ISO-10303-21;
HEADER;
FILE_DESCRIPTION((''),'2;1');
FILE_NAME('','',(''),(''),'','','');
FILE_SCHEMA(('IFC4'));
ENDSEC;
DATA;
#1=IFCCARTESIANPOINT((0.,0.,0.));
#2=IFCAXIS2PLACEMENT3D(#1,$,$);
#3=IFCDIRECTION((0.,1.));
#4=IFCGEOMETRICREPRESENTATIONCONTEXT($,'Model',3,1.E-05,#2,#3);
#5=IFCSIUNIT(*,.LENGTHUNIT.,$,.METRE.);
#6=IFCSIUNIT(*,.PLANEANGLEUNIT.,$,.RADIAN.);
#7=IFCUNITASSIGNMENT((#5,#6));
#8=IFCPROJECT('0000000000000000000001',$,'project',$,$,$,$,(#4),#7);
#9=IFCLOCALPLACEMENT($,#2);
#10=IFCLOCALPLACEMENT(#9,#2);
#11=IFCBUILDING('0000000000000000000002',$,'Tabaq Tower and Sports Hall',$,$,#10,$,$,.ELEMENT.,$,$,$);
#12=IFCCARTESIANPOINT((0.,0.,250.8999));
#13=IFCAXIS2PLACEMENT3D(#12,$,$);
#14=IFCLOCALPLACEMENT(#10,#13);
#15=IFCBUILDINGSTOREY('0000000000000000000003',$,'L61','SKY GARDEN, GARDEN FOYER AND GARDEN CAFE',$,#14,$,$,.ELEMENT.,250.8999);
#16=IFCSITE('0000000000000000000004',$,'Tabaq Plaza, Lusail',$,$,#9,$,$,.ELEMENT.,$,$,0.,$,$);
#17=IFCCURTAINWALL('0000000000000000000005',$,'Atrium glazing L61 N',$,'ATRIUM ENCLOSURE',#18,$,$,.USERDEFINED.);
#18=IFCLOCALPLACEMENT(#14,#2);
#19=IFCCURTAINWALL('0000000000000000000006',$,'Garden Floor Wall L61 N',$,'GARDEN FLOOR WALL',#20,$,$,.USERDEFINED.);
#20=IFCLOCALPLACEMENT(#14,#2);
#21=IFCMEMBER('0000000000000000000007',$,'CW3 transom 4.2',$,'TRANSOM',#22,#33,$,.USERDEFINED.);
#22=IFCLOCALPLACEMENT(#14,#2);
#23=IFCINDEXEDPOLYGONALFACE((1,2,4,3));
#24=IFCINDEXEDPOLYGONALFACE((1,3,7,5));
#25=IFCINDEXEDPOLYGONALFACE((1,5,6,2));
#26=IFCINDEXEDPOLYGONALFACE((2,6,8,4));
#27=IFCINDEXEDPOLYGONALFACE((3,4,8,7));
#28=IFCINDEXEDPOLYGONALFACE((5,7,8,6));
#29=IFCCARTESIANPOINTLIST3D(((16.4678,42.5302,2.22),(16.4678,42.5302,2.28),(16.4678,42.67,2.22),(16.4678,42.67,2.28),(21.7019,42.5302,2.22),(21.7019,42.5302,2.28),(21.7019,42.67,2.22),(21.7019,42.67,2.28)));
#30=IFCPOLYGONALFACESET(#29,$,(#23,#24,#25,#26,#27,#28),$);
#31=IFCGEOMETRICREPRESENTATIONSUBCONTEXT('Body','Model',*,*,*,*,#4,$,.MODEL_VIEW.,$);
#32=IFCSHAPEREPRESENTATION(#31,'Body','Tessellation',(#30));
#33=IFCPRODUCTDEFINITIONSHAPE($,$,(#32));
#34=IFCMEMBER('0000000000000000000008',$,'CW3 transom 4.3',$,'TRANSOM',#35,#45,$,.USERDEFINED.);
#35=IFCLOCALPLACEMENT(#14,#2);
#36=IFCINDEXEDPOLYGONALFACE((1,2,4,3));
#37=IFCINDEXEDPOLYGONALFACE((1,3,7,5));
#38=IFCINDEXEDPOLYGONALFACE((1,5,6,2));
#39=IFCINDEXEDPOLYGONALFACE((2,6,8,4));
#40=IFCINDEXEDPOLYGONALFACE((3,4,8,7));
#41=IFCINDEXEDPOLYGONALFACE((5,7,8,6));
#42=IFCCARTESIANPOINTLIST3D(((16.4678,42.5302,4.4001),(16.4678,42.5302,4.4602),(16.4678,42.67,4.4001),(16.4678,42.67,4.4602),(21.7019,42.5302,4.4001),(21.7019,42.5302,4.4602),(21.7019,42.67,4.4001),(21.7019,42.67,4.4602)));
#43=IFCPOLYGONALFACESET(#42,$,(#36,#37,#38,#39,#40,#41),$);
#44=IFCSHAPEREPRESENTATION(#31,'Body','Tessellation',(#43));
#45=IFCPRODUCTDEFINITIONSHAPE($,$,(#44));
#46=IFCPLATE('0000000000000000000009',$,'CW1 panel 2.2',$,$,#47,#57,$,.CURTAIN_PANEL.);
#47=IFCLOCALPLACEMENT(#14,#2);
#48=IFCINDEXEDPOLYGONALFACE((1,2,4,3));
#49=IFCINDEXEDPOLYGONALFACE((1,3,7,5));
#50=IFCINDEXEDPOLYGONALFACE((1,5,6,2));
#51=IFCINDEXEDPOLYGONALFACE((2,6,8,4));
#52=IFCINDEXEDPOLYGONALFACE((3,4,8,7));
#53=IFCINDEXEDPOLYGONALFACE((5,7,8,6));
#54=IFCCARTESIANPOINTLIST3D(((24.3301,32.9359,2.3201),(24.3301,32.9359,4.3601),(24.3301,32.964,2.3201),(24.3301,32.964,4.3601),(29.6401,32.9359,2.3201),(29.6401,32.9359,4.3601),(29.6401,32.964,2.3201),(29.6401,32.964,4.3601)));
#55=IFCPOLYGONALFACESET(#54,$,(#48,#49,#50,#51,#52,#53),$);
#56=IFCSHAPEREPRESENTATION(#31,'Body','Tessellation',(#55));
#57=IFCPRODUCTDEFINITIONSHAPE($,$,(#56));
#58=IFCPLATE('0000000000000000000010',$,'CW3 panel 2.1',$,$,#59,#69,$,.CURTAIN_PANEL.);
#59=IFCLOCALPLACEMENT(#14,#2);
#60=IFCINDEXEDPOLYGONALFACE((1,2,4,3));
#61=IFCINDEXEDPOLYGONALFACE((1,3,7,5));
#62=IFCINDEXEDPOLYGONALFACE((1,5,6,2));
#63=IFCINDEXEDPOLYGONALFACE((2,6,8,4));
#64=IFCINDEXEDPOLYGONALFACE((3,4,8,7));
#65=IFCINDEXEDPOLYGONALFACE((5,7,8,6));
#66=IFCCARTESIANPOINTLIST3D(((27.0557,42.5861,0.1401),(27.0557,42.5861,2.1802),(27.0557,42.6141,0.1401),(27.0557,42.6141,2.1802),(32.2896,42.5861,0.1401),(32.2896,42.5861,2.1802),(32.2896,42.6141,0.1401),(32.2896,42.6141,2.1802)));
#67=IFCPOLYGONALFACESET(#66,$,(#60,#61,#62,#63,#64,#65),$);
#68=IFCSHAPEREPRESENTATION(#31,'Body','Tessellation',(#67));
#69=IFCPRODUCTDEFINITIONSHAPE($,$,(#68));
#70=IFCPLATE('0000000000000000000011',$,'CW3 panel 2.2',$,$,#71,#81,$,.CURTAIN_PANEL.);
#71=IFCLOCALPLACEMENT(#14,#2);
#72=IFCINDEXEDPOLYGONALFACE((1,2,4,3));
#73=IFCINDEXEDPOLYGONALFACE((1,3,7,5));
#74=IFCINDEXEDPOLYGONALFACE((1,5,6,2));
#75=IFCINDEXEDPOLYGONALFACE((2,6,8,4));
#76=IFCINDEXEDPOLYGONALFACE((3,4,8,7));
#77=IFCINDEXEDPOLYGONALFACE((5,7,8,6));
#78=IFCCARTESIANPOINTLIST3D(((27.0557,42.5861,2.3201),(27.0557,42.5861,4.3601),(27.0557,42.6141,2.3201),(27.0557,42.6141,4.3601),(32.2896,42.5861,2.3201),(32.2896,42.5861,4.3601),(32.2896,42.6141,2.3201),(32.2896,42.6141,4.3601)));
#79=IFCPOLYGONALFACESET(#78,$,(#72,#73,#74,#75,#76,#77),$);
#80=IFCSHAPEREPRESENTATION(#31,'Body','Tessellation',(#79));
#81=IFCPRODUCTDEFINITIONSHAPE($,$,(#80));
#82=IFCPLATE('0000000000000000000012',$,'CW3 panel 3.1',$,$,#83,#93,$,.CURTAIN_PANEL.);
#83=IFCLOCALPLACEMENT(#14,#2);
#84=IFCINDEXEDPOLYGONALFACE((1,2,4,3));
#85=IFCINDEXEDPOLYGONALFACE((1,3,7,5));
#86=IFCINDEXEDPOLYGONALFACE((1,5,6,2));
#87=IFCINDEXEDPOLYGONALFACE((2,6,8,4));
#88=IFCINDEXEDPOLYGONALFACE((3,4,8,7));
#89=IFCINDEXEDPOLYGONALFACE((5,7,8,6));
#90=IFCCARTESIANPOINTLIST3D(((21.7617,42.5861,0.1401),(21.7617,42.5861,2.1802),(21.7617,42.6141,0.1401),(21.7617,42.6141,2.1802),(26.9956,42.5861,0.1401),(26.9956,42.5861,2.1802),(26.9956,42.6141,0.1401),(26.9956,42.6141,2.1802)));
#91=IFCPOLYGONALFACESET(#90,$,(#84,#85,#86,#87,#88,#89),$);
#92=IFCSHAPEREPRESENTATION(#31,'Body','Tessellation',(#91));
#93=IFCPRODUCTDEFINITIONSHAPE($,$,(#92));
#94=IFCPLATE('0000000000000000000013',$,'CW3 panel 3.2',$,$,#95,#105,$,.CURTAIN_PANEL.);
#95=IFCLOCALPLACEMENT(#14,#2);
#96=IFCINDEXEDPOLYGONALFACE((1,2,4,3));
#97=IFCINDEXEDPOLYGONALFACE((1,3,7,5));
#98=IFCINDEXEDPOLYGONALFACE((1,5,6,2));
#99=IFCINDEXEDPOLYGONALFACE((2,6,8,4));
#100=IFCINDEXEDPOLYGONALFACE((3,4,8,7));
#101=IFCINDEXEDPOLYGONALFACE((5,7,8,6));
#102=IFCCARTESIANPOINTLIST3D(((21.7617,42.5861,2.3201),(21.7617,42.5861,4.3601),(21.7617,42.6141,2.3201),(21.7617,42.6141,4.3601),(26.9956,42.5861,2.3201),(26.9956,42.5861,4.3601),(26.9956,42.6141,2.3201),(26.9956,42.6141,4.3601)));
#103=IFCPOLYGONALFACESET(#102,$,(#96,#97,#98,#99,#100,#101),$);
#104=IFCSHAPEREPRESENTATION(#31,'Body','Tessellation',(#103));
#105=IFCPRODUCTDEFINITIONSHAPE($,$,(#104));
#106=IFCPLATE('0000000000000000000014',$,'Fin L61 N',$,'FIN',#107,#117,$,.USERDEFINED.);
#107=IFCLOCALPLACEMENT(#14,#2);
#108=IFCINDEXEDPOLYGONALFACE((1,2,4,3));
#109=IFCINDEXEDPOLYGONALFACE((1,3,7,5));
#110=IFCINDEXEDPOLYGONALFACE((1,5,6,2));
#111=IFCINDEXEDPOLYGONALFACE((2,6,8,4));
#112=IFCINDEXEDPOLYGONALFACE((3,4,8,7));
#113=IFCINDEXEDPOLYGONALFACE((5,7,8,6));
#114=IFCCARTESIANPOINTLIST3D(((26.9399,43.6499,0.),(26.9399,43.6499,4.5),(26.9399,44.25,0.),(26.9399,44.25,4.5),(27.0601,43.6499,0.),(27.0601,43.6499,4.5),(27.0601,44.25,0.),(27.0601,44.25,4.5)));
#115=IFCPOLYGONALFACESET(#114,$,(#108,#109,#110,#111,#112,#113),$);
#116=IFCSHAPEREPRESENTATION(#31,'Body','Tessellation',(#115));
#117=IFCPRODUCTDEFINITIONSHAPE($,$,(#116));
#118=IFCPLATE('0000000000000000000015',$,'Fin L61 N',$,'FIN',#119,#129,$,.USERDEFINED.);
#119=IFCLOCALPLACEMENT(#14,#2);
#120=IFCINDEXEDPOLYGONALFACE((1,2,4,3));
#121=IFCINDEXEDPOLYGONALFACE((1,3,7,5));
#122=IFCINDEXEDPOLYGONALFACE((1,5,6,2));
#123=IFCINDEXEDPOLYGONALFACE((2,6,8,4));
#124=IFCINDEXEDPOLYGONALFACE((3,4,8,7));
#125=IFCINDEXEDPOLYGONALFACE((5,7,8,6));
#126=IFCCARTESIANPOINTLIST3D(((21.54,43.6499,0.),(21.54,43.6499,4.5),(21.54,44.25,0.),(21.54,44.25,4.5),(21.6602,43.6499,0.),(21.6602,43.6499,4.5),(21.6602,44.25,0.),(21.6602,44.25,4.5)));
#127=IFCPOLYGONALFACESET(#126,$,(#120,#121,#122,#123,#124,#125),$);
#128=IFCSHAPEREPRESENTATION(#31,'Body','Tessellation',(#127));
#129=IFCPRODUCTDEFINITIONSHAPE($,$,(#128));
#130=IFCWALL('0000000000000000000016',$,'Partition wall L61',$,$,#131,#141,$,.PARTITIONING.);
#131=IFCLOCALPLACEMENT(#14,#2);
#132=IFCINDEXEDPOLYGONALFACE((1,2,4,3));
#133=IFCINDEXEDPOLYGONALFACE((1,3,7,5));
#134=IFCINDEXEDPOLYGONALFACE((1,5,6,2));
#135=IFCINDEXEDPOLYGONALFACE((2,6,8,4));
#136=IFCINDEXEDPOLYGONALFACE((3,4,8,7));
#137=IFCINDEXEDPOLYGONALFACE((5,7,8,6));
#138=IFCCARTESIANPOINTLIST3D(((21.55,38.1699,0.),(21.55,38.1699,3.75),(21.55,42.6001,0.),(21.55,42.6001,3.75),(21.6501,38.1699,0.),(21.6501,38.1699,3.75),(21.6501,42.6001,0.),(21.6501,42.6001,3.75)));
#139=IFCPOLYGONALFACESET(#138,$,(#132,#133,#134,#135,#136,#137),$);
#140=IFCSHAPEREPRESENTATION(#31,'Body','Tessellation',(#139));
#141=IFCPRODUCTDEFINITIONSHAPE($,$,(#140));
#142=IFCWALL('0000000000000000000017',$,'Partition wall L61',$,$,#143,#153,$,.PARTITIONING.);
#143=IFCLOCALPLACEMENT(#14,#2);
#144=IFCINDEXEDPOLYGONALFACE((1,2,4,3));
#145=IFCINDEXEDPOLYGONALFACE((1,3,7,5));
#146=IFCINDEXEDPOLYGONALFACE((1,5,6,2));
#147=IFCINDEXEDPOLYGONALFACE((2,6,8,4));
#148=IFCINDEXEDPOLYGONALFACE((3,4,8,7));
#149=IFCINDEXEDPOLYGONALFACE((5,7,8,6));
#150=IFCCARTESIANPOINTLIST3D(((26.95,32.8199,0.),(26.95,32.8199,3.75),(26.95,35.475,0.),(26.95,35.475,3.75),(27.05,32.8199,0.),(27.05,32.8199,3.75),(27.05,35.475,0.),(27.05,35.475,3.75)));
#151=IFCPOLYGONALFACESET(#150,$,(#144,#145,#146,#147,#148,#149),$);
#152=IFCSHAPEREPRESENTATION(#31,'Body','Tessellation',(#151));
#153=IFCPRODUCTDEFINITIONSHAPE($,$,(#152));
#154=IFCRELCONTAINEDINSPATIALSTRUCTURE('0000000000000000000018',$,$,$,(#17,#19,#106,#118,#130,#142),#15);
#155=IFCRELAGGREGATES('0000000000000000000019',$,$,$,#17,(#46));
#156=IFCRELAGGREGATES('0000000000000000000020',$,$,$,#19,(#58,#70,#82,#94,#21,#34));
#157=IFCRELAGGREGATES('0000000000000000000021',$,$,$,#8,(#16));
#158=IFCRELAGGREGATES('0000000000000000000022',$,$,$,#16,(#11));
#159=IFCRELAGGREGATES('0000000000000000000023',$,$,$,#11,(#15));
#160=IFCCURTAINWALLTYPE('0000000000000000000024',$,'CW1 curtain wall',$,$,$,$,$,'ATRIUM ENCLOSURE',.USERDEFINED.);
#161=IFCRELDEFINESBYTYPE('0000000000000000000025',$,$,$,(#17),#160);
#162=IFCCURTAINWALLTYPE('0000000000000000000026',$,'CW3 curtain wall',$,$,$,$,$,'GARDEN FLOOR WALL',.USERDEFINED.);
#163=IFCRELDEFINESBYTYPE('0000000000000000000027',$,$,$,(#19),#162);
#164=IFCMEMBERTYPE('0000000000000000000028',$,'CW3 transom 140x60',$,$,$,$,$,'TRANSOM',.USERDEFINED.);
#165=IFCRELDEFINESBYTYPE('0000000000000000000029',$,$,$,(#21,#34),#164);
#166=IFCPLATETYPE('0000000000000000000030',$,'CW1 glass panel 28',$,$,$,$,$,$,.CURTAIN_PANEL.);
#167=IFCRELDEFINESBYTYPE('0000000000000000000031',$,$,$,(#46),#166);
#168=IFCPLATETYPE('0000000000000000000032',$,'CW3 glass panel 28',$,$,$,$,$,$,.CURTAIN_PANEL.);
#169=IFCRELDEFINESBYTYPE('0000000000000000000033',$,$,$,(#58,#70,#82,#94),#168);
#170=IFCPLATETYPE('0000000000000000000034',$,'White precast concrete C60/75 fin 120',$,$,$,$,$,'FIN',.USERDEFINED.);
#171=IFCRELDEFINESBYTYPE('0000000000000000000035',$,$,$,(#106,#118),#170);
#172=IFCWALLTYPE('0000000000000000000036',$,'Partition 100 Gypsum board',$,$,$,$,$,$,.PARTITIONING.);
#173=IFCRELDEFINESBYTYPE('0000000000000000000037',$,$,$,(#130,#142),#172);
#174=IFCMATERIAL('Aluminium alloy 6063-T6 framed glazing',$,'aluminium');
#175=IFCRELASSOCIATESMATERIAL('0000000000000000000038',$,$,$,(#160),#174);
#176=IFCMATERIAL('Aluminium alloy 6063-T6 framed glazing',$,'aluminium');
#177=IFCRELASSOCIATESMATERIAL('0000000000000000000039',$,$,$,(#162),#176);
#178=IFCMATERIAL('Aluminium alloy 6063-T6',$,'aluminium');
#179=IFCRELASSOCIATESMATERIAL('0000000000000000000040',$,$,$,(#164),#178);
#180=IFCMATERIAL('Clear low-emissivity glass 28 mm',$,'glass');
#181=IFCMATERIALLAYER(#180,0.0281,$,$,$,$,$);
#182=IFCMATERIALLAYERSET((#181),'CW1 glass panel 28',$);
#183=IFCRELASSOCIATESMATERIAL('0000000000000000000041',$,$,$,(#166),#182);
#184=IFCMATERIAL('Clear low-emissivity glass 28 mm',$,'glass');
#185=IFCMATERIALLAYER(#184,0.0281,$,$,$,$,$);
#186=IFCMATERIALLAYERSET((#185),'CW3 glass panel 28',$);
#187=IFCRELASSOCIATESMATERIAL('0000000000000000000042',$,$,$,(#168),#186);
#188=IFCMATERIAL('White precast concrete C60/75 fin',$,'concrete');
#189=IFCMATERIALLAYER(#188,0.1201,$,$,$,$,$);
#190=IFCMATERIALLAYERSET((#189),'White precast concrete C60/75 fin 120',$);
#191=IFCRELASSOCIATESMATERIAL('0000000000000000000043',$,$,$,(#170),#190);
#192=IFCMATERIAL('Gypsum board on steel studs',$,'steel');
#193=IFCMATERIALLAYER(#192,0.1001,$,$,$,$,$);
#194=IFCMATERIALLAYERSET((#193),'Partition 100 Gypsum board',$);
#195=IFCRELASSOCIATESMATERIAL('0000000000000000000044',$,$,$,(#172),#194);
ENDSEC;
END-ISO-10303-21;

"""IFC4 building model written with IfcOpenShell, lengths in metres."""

from ifc_helpers import new_model, si_unit, direction, frame, frame_2d, origin, origin_2d, place, context, subcontext, project, spatial, rectangle, extrude, material, layer, layer_set, material_profile, profile_set, type_object, element, aggregate, save


model = new_model("IFC4")

# Units and contexts
model_context = context("Model", 3, precision=1e-05, world=origin(), true_north=direction((0.0, 1.0)))
body_context = subcontext(model_context, "Body", "Model", "MODEL_VIEW")
ifc_project = project(units=[si_unit("LENGTHUNIT", "METRE"), si_unit("PLANEANGLEUNIT", "RADIAN")], contexts=[model_context])

# Site, building, storey
site_placement = place(None, origin())
site = spatial("IfcSite", under=ifc_project, at=site_placement, Name="Tabaq Plaza, Lusail", CompositionType="ELEMENT", RefElevation=0.0)
building_placement = place(site_placement, origin())
building = spatial("IfcBuilding", under=site, at=building_placement, Name="Tabaq Tower and Sports Hall", CompositionType="ELEMENT")
storey_placement = place(building_placement, frame((0.0, 0.0, 250.8999)))
storey = spatial("IfcBuildingStorey", under=building, at=storey_placement, Name="L61", Description="SKY GARDEN, GARDEN FOYER AND GARDEN CAFE", CompositionType="ELEMENT", Elevation=250.8999)

# Curtain wall
ifc_material_1 = material(Name="Aluminium alloy 6063-T6 framed glazing", Category="aluminium")
curtain_wall_type_1 = type_object("IfcCurtainWallType", Name="CW1 curtain wall", ElementType="ATRIUM ENCLOSURE", PredefinedType="USERDEFINED", material=ifc_material_1)
curtain_wall_1_placement = place(storey_placement, origin())
curtain_wall_1 = element("IfcCurtainWall", 1, at=curtain_wall_1_placement, inside=storey, type_object=curtain_wall_type_1, Name="Atrium glazing L61 N", ObjectType="ATRIUM ENCLOSURE", PredefinedType="USERDEFINED")

# Curtain wall, members
ifc_material_2 = material(Name="Aluminium alloy 6063-T6 framed glazing", Category="aluminium")
curtain_wall_type_2 = type_object("IfcCurtainWallType", Name="CW3 curtain wall", ElementType="GARDEN FLOOR WALL", PredefinedType="USERDEFINED", material=ifc_material_2)
curtain_wall_2_placement = place(storey_placement, origin())
curtain_wall_2 = element("IfcCurtainWall", 2, at=curtain_wall_2_placement, inside=storey, type_object=curtain_wall_type_2, Name="Garden Floor Wall L61 N", ObjectType="GARDEN FLOOR WALL", PredefinedType="USERDEFINED")
ifc_material_3 = material(Name="Aluminium alloy 6063-T6", Category="aluminium")
ifc_material_profile_1 = material_profile(ifc_material_3, rectangle(XDim=0.1399, YDim=0.0601, at=origin_2d()), Name="TRANSOM 140x60")
ifc_profile_set_1 = profile_set([ifc_material_profile_1], Name="Aluminium alloy 6063-T6")
member_type_1 = type_object("IfcMemberType", Name="CW3 transom 140x60", ElementType="TRANSOM", PredefinedType="USERDEFINED", material=ifc_profile_set_1)
member_1_placement = place(storey_placement, frame((21.7019, 42.6001, 2.25), z_axis=(-1.0, 0.0, 0.0), x_axis=(0.0, -1.0, 0.0)))
member_1 = element("IfcMember", 3, at=member_1_placement, type_object=member_type_1, Name="CW3 transom 4.2", ObjectType="TRANSOM", PredefinedType="USERDEFINED", context=body_context, shape_type="SweptSolid", body=[
    extrude(rectangle(XDim=0.1399, YDim=0.0601, at=origin_2d()), origin(), (0.0, 0.0, 1.0), 5.2341),
])
member_2_placement = place(storey_placement, frame((21.7019, 42.6001, 4.4302), z_axis=(-1.0, 0.0, 0.0), x_axis=(0.0, -1.0, 0.0)))
member_2 = element("IfcMember", 4, at=member_2_placement, type_object=member_type_1, Name="CW3 transom 4.3", ObjectType="TRANSOM", PredefinedType="USERDEFINED", context=body_context, shape_type="SweptSolid", body=[
    extrude(rectangle(XDim=0.1399, YDim=0.0601, at=origin_2d()), origin(), (0.0, 0.0, 1.0), 5.2341),
])

# Plates
ifc_material_4 = material(Name="Clear low-emissivity glass 28 mm", Category="glass")
ifc_layer_1 = layer(ifc_material_4, 0.0281)
ifc_layer_set_1 = layer_set([ifc_layer_1], Name="CW1 glass panel 28")
plate_type_1 = type_object("IfcPlateType", Name="CW1 glass panel 28", PredefinedType="CURTAIN_PANEL", material=ifc_layer_set_1)
plate_1_placement = place(storey_placement, frame((26.9851, 32.95, 2.3201), z_axis=(0.0, 0.0, 1.0), x_axis=(1.0, 0.0, 0.0)))
plate_1 = element("IfcPlate", 5, at=plate_1_placement, type_object=plate_type_1, Name="CW1 panel 2.2", PredefinedType="CURTAIN_PANEL", context=body_context, shape_type="SweptSolid", body=[
    extrude(rectangle(XDim=5.3101, YDim=0.0281, at=origin_2d()), origin(), (0.0, 0.0, 1.0), 2.04),
])
aggregate(curtain_wall_1, [plate_1])
ifc_material_5 = material(Name="Clear low-emissivity glass 28 mm", Category="glass")
ifc_layer_2 = layer(ifc_material_5, 0.0281)
ifc_layer_set_2 = layer_set([ifc_layer_2], Name="CW3 glass panel 28")
plate_type_2 = type_object("IfcPlateType", Name="CW3 glass panel 28", PredefinedType="CURTAIN_PANEL", material=ifc_layer_set_2)
plate_2_placement = place(storey_placement, frame((29.6726, 42.6001, 0.1401), z_axis=(0.0, 0.0, 1.0), x_axis=(-1.0, 0.0, 0.0)))
plate_2 = element("IfcPlate", 6, at=plate_2_placement, type_object=plate_type_2, Name="CW3 panel 2.1", PredefinedType="CURTAIN_PANEL", context=body_context, shape_type="SweptSolid", body=[
    extrude(rectangle(XDim=5.2339, YDim=0.0281, at=origin_2d()), origin(), (0.0, 0.0, 1.0), 2.04),
])
plate_3_placement = place(storey_placement, frame((29.6726, 42.6001, 2.3201), z_axis=(0.0, 0.0, 1.0), x_axis=(-1.0, 0.0, 0.0)))
plate_3 = element("IfcPlate", 7, at=plate_3_placement, type_object=plate_type_2, Name="CW3 panel 2.2", PredefinedType="CURTAIN_PANEL", context=body_context, shape_type="SweptSolid", body=[
    extrude(rectangle(XDim=5.2339, YDim=0.0281, at=origin_2d()), origin(), (0.0, 0.0, 1.0), 2.04),
])
plate_4_placement = place(storey_placement, frame((24.3787, 42.6001, 0.1401), z_axis=(0.0, 0.0, 1.0), x_axis=(-1.0, 0.0, 0.0)))
plate_4 = element("IfcPlate", 8, at=plate_4_placement, type_object=plate_type_2, Name="CW3 panel 3.1", PredefinedType="CURTAIN_PANEL", context=body_context, shape_type="SweptSolid", body=[
    extrude(rectangle(XDim=5.2339, YDim=0.0281, at=origin_2d()), origin(), (0.0, 0.0, 1.0), 2.04),
])
plate_5_placement = place(storey_placement, frame((24.3787, 42.6001, 2.3201), z_axis=(0.0, 0.0, 1.0), x_axis=(-1.0, 0.0, 0.0)))
plate_5 = element("IfcPlate", 9, at=plate_5_placement, type_object=plate_type_2, Name="CW3 panel 3.2", PredefinedType="CURTAIN_PANEL", context=body_context, shape_type="SweptSolid", body=[
    extrude(rectangle(XDim=5.2339, YDim=0.0281, at=origin_2d()), origin(), (0.0, 0.0, 1.0), 2.04),
])
aggregate(curtain_wall_2, [plate_2, plate_3, plate_4, plate_5, member_1, member_2])

# Plates
ifc_material_6 = material(Name="White precast concrete C60/75 fin", Category="concrete")
ifc_layer_3 = layer(ifc_material_6, 0.1201)
ifc_layer_set_3 = layer_set([ifc_layer_3], Name="White precast concrete C60/75 fin 120")
plate_type_3 = type_object("IfcPlateType", Name="White precast concrete C60/75 fin 120", ElementType="FIN", PredefinedType="USERDEFINED", material=ifc_layer_set_3)
for number, where, z_axis, x_axis, name in (
    (10, (27.0, 43.95, 0.0), (0.0, 0.0, 1.0), (-1.0, 0.0, 0.0), "Fin L61 N"),
    (11, (21.6001, 43.95, 0.0), (0.0, 0.0, 1.0), (-1.0, 0.0, 0.0), "Fin L61 N"),
):
    element("IfcPlate", number, at=place(storey_placement, frame(where, z_axis=z_axis, x_axis=x_axis)), inside=storey, type_object=plate_type_3, Name=name, ObjectType="FIN", PredefinedType="USERDEFINED", context=body_context, shape_type="SweptSolid", body=[
        extrude(rectangle(XDim=0.1201, YDim=0.6001, at=origin_2d()), origin(), (0.0, 0.0, 1.0), 4.5),
    ])

# Walls
ifc_material_7 = material(Name="Gypsum board on steel studs", Category="steel")
ifc_layer_4 = layer(ifc_material_7, 0.1001)
ifc_layer_set_4 = layer_set([ifc_layer_4], Name="Partition 100 Gypsum board")
wall_type = type_object("IfcWallType", Name="Partition 100 Gypsum board", PredefinedType="PARTITIONING", material=ifc_layer_set_4)
wall_1_placement = place(storey_placement, frame((21.6001, 42.6001, 0.0), z_axis=(0.0, 0.0, 1.0), x_axis=(0.0, -1.0, 0.0)))
element("IfcWall", 12, at=wall_1_placement, inside=storey, type_object=wall_type, Name="Partition wall L61", PredefinedType="PARTITIONING", context=body_context, shape_type="SweptSolid", body=[
    extrude(rectangle(XDim=4.4302, YDim=0.1001, at=frame_2d((2.2151, 0.0))), origin(), (0.0, 0.0, 1.0), 3.75),
])
wall_2_placement = place(storey_placement, frame((27.0, 35.4751, 0.0), z_axis=(0.0, 0.0, 1.0), x_axis=(0.0, -1.0, 0.0)))
element("IfcWall", 13, at=wall_2_placement, inside=storey, type_object=wall_type, Name="Partition wall L61", PredefinedType="PARTITIONING", context=body_context, shape_type="SweptSolid", body=[
    extrude(rectangle(XDim=2.655, YDim=0.1001, at=frame_2d((1.3276, 0.0))), origin(), (0.0, 0.0, 1.0), 3.75),
])

save(model, "model.ifc")
